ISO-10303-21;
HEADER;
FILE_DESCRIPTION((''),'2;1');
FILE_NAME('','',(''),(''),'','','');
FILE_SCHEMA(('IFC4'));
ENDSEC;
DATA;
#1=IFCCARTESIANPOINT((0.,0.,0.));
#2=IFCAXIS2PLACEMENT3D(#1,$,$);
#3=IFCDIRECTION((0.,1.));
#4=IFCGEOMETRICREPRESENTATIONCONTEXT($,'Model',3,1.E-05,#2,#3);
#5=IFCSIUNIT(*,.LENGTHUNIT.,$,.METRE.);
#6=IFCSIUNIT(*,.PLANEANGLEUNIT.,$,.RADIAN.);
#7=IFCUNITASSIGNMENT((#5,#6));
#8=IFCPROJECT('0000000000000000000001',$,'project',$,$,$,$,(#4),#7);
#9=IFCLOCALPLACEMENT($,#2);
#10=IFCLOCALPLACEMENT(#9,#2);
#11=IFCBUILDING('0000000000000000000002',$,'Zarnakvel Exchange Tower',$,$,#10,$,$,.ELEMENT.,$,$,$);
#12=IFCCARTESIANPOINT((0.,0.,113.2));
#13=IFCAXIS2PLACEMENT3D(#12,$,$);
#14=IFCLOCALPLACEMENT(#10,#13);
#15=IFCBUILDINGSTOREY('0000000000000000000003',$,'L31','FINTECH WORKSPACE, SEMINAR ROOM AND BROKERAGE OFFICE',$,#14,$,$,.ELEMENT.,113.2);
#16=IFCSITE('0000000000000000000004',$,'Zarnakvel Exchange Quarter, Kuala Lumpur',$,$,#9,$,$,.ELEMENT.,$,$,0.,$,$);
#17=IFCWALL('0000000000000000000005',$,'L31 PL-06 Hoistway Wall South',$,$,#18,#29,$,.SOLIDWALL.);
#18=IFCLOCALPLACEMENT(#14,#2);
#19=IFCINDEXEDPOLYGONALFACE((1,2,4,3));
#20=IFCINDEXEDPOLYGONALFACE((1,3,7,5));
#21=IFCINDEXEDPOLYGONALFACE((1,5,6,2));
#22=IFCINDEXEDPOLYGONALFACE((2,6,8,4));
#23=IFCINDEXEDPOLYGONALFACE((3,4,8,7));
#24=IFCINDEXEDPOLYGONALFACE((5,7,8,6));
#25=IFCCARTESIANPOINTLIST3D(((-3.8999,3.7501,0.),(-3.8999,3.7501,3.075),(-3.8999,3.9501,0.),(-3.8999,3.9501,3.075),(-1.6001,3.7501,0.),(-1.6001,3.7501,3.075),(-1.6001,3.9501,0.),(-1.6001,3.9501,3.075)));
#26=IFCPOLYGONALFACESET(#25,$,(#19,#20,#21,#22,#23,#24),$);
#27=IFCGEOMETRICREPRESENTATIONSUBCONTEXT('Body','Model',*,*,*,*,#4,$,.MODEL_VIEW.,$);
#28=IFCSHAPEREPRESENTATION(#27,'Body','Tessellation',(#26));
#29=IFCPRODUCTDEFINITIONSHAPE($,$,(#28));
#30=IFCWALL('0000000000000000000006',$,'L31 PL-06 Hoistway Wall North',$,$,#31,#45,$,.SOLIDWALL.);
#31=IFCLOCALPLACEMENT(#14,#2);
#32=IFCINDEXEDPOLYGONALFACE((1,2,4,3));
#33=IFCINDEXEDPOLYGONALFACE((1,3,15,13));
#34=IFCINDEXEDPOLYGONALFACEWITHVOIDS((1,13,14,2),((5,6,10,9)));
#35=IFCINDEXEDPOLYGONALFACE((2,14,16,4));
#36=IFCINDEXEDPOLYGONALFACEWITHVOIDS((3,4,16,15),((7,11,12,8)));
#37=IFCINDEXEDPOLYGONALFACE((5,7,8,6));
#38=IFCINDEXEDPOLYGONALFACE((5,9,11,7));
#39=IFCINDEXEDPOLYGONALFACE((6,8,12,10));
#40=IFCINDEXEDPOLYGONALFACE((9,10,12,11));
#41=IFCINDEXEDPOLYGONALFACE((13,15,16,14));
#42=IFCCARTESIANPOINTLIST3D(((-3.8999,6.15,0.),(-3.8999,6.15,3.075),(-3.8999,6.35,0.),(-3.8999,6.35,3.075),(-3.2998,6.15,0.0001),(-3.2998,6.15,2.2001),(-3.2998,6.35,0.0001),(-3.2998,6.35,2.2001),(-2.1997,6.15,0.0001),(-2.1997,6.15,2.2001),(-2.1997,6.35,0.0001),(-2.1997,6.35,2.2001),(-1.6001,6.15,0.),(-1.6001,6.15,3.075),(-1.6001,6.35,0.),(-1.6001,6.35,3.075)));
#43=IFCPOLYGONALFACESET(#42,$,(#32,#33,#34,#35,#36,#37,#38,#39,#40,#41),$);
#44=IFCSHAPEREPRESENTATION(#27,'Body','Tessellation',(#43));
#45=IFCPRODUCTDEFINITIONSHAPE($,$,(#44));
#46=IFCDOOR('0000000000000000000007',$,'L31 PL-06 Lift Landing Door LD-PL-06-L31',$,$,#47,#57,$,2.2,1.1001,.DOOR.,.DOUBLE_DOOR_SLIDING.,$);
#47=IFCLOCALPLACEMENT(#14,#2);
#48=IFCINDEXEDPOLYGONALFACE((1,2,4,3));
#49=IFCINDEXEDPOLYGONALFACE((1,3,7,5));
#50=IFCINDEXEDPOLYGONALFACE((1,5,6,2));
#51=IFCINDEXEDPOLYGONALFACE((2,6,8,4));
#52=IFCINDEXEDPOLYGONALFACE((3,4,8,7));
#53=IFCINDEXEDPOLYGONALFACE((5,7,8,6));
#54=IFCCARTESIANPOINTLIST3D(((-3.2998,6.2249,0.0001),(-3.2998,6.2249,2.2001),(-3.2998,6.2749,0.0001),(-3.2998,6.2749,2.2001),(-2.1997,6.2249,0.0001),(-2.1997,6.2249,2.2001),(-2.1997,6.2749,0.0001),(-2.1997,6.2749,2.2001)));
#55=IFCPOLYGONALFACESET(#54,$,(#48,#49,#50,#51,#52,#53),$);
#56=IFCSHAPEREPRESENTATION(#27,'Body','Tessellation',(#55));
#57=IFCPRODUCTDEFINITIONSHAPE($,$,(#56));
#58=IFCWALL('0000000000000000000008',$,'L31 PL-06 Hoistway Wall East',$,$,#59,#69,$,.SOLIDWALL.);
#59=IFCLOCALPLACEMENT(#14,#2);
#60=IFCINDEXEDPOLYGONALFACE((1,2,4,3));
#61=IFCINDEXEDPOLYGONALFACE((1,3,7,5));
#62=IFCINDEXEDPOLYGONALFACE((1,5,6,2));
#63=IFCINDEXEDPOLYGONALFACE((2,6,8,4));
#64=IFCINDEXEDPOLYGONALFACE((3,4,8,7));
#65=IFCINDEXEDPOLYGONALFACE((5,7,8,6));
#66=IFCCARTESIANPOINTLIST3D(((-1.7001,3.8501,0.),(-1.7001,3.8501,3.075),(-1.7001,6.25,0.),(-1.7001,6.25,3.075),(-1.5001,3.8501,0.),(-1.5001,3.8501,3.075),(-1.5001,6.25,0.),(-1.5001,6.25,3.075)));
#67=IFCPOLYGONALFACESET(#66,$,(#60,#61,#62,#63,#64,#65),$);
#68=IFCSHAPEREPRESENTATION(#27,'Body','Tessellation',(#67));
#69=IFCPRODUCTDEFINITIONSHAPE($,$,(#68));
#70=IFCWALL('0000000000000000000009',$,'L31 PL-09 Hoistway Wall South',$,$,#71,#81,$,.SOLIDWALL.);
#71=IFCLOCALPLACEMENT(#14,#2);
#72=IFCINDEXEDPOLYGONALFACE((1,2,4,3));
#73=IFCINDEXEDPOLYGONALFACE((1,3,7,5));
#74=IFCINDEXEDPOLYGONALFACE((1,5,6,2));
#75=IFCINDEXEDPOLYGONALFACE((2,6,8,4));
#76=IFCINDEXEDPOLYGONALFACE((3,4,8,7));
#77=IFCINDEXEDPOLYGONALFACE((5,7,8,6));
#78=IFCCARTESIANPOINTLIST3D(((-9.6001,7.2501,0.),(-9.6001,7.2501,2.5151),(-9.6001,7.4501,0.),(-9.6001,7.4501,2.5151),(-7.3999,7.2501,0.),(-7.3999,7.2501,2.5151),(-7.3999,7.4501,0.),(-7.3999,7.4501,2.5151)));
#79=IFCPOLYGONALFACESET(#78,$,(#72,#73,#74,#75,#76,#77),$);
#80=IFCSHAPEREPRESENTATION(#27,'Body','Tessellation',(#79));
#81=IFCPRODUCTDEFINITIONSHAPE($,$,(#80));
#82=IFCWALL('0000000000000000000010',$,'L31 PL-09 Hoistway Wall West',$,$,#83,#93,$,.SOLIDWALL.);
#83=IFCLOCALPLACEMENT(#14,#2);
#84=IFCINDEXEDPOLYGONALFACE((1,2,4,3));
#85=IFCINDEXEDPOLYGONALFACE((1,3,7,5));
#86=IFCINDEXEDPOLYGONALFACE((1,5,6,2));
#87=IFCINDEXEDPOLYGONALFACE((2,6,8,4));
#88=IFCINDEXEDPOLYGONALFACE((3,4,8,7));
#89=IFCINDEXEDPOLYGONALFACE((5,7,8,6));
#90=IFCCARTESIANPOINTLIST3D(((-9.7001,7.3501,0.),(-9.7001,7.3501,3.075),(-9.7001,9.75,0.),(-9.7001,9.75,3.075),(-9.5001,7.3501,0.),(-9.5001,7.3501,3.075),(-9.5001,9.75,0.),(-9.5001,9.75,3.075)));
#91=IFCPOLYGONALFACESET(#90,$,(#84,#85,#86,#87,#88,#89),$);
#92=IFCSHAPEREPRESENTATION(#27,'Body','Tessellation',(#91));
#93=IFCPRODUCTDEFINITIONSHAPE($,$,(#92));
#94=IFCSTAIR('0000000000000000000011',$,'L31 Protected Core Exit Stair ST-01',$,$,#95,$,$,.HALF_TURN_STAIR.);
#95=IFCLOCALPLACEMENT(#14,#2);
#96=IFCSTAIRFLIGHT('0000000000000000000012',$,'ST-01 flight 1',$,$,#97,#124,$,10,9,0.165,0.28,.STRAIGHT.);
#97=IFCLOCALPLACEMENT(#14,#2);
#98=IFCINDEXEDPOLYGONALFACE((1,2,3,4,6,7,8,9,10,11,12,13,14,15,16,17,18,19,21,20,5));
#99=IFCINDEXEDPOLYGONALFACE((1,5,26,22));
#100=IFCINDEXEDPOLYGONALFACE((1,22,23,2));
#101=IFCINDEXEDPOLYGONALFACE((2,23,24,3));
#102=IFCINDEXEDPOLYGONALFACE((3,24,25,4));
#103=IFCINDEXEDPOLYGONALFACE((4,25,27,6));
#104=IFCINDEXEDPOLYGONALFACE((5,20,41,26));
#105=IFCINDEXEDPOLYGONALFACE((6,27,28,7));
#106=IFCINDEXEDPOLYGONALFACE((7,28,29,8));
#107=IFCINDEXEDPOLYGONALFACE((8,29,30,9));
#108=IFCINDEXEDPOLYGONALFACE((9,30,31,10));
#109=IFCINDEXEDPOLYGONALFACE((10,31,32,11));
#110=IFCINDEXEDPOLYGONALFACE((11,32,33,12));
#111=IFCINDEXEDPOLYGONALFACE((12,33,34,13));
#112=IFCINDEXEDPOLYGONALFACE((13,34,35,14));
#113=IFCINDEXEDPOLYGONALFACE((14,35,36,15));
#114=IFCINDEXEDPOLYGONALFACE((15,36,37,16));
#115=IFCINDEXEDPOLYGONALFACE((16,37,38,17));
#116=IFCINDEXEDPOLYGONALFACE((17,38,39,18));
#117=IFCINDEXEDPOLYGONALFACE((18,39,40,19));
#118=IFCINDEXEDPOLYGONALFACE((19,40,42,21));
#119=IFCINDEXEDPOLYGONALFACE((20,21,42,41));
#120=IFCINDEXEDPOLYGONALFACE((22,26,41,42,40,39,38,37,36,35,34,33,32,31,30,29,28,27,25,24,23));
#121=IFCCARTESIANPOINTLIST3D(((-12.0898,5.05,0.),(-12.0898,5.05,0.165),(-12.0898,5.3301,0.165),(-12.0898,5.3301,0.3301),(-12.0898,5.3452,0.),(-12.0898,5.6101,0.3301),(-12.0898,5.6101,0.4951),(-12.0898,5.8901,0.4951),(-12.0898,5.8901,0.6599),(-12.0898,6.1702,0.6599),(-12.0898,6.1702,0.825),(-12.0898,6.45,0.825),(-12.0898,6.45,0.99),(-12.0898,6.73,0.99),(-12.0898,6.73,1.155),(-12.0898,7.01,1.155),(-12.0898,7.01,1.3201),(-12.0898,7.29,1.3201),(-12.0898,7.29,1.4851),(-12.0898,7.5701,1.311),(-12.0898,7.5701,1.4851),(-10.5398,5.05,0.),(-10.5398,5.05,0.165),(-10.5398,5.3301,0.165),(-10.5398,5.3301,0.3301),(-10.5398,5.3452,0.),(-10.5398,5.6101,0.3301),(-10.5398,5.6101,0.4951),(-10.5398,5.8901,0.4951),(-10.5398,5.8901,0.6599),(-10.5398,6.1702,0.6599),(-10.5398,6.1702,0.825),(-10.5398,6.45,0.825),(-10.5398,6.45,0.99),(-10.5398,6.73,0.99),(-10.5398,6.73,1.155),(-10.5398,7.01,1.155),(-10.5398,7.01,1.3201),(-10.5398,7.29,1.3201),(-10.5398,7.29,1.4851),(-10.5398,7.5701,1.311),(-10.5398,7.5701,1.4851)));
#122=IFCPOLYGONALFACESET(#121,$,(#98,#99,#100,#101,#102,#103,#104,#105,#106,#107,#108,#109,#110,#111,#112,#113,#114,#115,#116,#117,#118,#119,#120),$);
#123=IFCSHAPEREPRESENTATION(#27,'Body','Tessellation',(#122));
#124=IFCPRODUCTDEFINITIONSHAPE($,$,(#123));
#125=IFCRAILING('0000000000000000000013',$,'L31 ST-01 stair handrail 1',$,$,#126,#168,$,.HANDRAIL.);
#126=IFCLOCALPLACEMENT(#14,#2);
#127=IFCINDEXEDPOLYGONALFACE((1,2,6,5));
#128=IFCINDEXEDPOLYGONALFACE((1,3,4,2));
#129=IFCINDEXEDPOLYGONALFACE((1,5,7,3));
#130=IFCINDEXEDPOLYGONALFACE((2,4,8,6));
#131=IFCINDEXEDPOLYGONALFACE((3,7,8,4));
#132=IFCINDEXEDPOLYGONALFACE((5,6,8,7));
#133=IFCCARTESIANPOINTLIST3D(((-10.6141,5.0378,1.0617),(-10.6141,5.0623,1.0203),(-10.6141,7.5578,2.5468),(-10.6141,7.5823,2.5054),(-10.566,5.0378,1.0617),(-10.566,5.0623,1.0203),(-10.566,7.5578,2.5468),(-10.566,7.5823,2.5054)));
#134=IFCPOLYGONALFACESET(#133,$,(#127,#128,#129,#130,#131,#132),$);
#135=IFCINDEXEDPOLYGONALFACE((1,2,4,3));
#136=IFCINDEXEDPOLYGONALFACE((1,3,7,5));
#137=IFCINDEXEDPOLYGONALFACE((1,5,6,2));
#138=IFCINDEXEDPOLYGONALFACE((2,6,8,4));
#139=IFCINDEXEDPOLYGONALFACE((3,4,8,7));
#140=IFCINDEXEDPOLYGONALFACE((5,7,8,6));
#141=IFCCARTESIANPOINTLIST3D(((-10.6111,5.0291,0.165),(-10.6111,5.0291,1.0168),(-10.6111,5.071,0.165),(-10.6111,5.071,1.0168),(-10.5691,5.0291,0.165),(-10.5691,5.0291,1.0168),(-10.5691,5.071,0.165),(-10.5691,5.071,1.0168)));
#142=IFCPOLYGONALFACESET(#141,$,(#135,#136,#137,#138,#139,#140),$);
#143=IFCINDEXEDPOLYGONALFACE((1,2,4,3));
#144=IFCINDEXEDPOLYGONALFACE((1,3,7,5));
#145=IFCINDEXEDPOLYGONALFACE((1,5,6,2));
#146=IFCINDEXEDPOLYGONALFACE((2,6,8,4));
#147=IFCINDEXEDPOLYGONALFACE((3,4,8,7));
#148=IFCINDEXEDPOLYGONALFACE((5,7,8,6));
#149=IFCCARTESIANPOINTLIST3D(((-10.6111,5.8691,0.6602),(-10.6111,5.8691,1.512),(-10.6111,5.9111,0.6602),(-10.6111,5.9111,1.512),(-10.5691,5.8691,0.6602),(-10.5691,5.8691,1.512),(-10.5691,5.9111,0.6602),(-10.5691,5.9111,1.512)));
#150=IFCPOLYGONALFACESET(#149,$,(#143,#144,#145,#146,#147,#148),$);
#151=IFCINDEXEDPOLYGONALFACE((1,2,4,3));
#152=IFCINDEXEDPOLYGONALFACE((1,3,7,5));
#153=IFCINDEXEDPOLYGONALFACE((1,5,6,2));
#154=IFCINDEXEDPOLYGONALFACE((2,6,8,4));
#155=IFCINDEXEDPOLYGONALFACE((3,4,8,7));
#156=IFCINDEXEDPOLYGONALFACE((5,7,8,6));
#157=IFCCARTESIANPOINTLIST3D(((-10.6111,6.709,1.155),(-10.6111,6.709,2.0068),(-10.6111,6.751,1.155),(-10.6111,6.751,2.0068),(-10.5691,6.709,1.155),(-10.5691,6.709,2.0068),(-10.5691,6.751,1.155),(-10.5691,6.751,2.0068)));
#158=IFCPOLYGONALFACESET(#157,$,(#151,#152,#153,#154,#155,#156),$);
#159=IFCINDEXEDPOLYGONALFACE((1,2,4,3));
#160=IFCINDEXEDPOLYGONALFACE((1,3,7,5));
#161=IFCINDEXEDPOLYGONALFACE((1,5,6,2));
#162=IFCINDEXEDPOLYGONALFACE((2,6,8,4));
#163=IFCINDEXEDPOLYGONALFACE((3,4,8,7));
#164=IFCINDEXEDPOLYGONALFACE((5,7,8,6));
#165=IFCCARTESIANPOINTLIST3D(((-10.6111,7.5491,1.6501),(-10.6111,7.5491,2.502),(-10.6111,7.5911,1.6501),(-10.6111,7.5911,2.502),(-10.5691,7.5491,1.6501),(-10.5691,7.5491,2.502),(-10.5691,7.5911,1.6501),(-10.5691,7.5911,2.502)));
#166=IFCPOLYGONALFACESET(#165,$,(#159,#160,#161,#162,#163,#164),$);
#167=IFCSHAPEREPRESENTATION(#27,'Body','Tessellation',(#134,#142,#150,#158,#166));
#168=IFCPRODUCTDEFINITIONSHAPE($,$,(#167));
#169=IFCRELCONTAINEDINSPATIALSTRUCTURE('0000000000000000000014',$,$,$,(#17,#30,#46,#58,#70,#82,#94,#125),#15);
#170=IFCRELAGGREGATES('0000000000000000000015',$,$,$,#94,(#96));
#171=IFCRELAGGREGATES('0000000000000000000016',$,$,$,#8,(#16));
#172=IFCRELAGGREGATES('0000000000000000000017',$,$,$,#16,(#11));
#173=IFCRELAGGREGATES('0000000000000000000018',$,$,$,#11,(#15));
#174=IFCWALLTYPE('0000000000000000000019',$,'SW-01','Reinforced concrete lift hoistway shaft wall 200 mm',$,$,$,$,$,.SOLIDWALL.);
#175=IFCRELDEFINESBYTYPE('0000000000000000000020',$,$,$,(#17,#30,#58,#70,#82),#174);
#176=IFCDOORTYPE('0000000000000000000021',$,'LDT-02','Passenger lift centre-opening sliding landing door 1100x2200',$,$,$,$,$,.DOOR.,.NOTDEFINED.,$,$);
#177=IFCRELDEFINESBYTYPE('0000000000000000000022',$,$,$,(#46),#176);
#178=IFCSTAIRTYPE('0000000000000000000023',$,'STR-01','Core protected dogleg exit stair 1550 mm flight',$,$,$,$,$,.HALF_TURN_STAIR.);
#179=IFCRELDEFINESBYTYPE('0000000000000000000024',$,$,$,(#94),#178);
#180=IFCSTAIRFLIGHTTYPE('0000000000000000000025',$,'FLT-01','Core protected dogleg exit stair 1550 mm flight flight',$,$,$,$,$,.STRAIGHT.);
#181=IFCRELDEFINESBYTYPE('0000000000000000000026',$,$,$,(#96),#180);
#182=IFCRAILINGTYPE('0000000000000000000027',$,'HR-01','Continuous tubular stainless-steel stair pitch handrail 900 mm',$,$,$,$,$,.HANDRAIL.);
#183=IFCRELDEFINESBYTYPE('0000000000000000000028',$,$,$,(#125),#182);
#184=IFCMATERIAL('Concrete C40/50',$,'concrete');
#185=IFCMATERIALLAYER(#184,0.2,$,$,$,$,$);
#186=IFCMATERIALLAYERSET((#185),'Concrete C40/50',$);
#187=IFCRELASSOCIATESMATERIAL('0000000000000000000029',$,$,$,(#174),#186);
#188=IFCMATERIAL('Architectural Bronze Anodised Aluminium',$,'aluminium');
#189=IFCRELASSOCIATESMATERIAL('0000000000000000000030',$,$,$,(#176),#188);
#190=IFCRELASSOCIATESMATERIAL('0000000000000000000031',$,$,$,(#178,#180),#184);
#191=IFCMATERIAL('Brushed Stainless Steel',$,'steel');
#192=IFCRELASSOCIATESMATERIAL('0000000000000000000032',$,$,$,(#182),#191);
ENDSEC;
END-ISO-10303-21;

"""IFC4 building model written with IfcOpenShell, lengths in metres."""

from ifc_helpers import new_model, si_unit, direction, frame, frame_2d, origin, origin_2d, place, context, subcontext, project, spatial, polyline, rectangle, outline, extrude, source, transform, mapped, material, layer, layer_set, type_object, element, fill, aggregate, save


model = new_model("IFC4")

# Units and contexts
model_context = context("Model", 3, precision=1e-05, world=origin(), true_north=direction((0.0, 1.0)))
body_context = subcontext(model_context, "Body", "Model", "MODEL_VIEW")
ifc_project = project(units=[si_unit("LENGTHUNIT", "METRE"), si_unit("PLANEANGLEUNIT", "RADIAN")], contexts=[model_context])

# Site, building, storey
site_placement = place(None, origin())
site = spatial("IfcSite", under=ifc_project, at=site_placement, Name="Zarnakvel Exchange Quarter, Kuala Lumpur", CompositionType="ELEMENT", RefElevation=0.0)
building_placement = place(site_placement, origin())
building = spatial("IfcBuilding", under=site, at=building_placement, Name="Zarnakvel Exchange Tower", CompositionType="ELEMENT")
storey_placement = place(building_placement, frame((0.0, 0.0, 113.2)))
storey = spatial("IfcBuildingStorey", under=building, at=storey_placement, Name="L31", Description="FINTECH WORKSPACE, SEMINAR ROOM AND BROKERAGE OFFICE", CompositionType="ELEMENT", Elevation=113.2)

# Shared definitions
ifc_material_1 = material(Name="Concrete C40/50", Category="concrete")
ifc_layer_1 = layer(ifc_material_1, 0.2)
ifc_layer_set_1 = layer_set([ifc_layer_1], Name="Concrete C40/50")
wall_type_1 = type_object("IfcWallType", Name="SW-01", Description="Reinforced concrete lift hoistway shaft wall 200 mm", PredefinedType="SOLIDWALL", material=ifc_layer_set_1)
ifc_material_2 = material(Name="Brushed Stainless Steel", Category="steel")
shared_shape_1 = source(origin(), body_context, "Body", "SweptSolid", [
    extrude(rectangle(XDim=1.1001, YDim=2.2, at=frame_2d((0.55, 1.1001))), frame((0.0, 0.0249, 0.0), z_axis=(0.0, -1.0, 0.0), x_axis=(1.0, 0.0, 0.0)), (0.0, 0.0, 1.0), 0.05),
])

# Shared definitions
ifc_material_3 = material(Name="Architectural Bronze Anodised Aluminium", Category="aluminium")
door_type_1 = type_object("IfcDoorType", Name="LDT-02", Description="Passenger lift centre-opening sliding landing door 1100x2200", OperationType="NOTDEFINED", PredefinedType="DOOR", material=ifc_material_3)

# Wall
wall_1_placement = place(storey_placement, frame((-1.6001, 3.8501, 0.0), z_axis=(0.0, 0.0, 1.0), x_axis=(-1.0, 0.0, 0.0)))
element("IfcWall", 1, at=wall_1_placement, inside=storey, type_object=wall_type_1, Name="L31 PL-06 Hoistway Wall South", PredefinedType="SOLIDWALL", context=body_context, shape_type="SweptSolid", body=[
    extrude(rectangle(XDim=2.2998, YDim=0.2, at=frame_2d((1.1499, 0.0))), origin(), (0.0, 0.0, 1.0), 3.075),
])

# Wall, opening, door
wall_2_placement = place(storey_placement, frame((-3.8999, 6.25, 0.0), z_axis=(0.0, 0.0, 1.0), x_axis=(1.0, 0.0, 0.0)))
wall_2 = element("IfcWall", 2, at=wall_2_placement, inside=storey, type_object=wall_type_1, Name="L31 PL-06 Hoistway Wall North", PredefinedType="SOLIDWALL", context=body_context, shape_type="SweptSolid", body=[
    extrude(rectangle(XDim=2.2998, YDim=0.2, at=frame_2d((1.1499, 0.0))), origin(), (0.0, 0.0, 1.0), 3.075),
])
opening_1_placement = place(wall_2_placement, frame((0.6001, 0.0, 0.0)))
opening_1 = element("IfcOpeningElement", 3, at=opening_1_placement, cuts=wall_2, PredefinedType="OPENING", context=body_context, shape_type="SweptSolid", body=[
    extrude(rectangle(XDim=1.1001, YDim=2.2, at=frame_2d((0.55, 1.1001))), frame((0.0, 0.1099, 0.0), z_axis=(0.0, -1.0, 0.0), x_axis=(1.0, 0.0, 0.0)), (0.0, 0.0, 1.0), 0.22),
])
door_1_placement = place(opening_1_placement, origin())
door_1 = element("IfcDoor", 4, at=door_1_placement, inside=storey, type_object=door_type_1, Name="L31 PL-06 Lift Landing Door LD-PL-06-L31", OperationType="DOUBLE_DOOR_SLIDING", OverallHeight=2.2, OverallWidth=1.1001, PredefinedType="DOOR", context=body_context, shape_type="MappedRepresentation", body=[
    mapped(shared_shape_1, transform((0.0, 0.0, 0.0), x_axis=(1.0, 0.0, 0.0), y_axis=(0.0, 1.0, 0.0), z_axis=(0.0, 0.0, 1.0), scale=1.0)),
])
fill(opening_1, door_1)

# Walls
wall_3_placement = place(storey_placement, frame((-1.6001, 6.25, 0.0), z_axis=(0.0, 0.0, 1.0), x_axis=(0.0, -1.0, 0.0)))
element("IfcWall", 5, at=wall_3_placement, inside=storey, type_object=wall_type_1, Name="L31 PL-06 Hoistway Wall East", PredefinedType="SOLIDWALL", context=body_context, shape_type="SweptSolid", body=[
    extrude(rectangle(XDim=2.3999, YDim=0.2, at=frame_2d((1.2, 0.0))), origin(), (0.0, 0.0, 1.0), 3.075),
])
wall_4_placement = place(storey_placement, frame((-7.3999, 7.3501, 0.0), z_axis=(0.0, 0.0, 1.0), x_axis=(-1.0, 0.0, 0.0)))
element("IfcWall", 6, at=wall_4_placement, inside=storey, type_object=wall_type_1, Name="L31 PL-09 Hoistway Wall South", PredefinedType="SOLIDWALL", context=body_context, shape_type="SweptSolid", body=[
    extrude(rectangle(XDim=2.2002, YDim=0.2, at=frame_2d((1.1001, 0.0))), origin(), (0.0, 0.0, 1.0), 2.5151),
])
wall_5_placement = place(storey_placement, frame((-9.6001, 7.3501, 0.0), z_axis=(0.0, 0.0, 1.0), x_axis=(0.0, 1.0, 0.0)))
element("IfcWall", 7, at=wall_5_placement, inside=storey, type_object=wall_type_1, Name="L31 PL-09 Hoistway Wall West", PredefinedType="SOLIDWALL", context=body_context, shape_type="SweptSolid", body=[
    extrude(rectangle(XDim=2.3999, YDim=0.2, at=frame_2d((1.2, 0.0))), origin(), (0.0, 0.0, 1.0), 3.075),
])

# Stair, stair flight
stair_type = type_object("IfcStairType", Name="STR-01", Description="Core protected dogleg exit stair 1550 mm flight", PredefinedType="HALF_TURN_STAIR", material=ifc_material_1)
stair_placement = place(storey_placement, origin())
stair = element("IfcStair", 8, at=stair_placement, inside=storey, type_object=stair_type, Name="L31 Protected Core Exit Stair ST-01", PredefinedType="HALF_TURN_STAIR")
stair_flight_type = type_object("IfcStairFlightType", Name="FLT-01", Description="Core protected dogleg exit stair 1550 mm flight flight", PredefinedType="STRAIGHT", material=ifc_material_1)
stair_flight_placement = place(storey_placement, frame((-11.3149, 5.05, 0.0), z_axis=(0.0, 0.0, 1.0), x_axis=(0.0, 1.0, 0.0)))
stair_flight = element("IfcStairFlight", 9, at=stair_flight_placement, type_object=stair_flight_type, Name="ST-01 flight 1", NumberOfRisers=10, NumberOfTreads=9, PredefinedType="STRAIGHT", RiserHeight=0.165, TreadLength=0.28, context=body_context, shape_type="SweptSolid", body=[
    extrude(outline(polyline([(0.0, 0.0), (0.0, 0.165), (0.28, 0.165), (0.28, 0.3301), (0.5601, 0.3301), (0.5601, 0.4951), (0.8401, 0.4951), (0.8401, 0.6599), (1.1201, 0.6599), (1.1201, 0.825), (1.3999, 0.825), (1.3999, 0.99), (1.6799, 0.99), (1.6799, 1.155), (1.96, 1.155), (1.96, 1.3201), (2.24, 1.3201), (2.24, 1.4851), (2.52, 1.4851), (2.52, 1.6499), (2.52, 1.311), (0.2952, 0.0), (0.0, 0.0)])), frame((0.0, 0.7749, 0.0), z_axis=(0.0, -1.0, 0.0), x_axis=(1.0, 0.0, 0.0)), (0.0, 0.0, 1.0), 1.55),
])
aggregate(stair, [stair_flight])

# Railing
railing_type_1 = type_object("IfcRailingType", Name="HR-01", Description="Continuous tubular stainless-steel stair pitch handrail 900 mm", PredefinedType="HANDRAIL", material=ifc_material_2)
railing_1_placement = place(storey_placement, frame((-10.5901, 5.05, 0.165)))
element("IfcRailing", 10, at=railing_1_placement, inside=storey, type_object=railing_type_1, Name="L31 ST-01 stair handrail 1", PredefinedType="HANDRAIL", context=body_context, shape_type="SweptSolid", body=[
    extrude(rectangle(XDim=0.0481, YDim=0.0481, at=origin_2d()), frame((0.0, 0.0, 0.876), z_axis=(0.0, 0.861524, 0.507717), x_axis=(-1.0, 0.0, 0.0)), (0.0, 0.0, 1.0), 2.925),
    extrude(rectangle(XDim=0.042, YDim=0.042, at=origin_2d()), origin(), (0.0, 0.0, 1.0), 0.8518),
    extrude(rectangle(XDim=0.042, YDim=0.042, at=origin_2d()), frame((0.0, 0.8401, 0.4951)), (0.0, 0.0, 1.0), 0.8518),
    extrude(rectangle(XDim=0.042, YDim=0.042, at=origin_2d()), frame((0.0, 1.6799, 0.99)), (0.0, 0.0, 1.0), 0.8518),
    extrude(rectangle(XDim=0.042, YDim=0.042, at=origin_2d()), frame((0.0, 2.52, 1.4851)), (0.0, 0.0, 1.0), 0.8518),
])

save(model, "model.ifc")
